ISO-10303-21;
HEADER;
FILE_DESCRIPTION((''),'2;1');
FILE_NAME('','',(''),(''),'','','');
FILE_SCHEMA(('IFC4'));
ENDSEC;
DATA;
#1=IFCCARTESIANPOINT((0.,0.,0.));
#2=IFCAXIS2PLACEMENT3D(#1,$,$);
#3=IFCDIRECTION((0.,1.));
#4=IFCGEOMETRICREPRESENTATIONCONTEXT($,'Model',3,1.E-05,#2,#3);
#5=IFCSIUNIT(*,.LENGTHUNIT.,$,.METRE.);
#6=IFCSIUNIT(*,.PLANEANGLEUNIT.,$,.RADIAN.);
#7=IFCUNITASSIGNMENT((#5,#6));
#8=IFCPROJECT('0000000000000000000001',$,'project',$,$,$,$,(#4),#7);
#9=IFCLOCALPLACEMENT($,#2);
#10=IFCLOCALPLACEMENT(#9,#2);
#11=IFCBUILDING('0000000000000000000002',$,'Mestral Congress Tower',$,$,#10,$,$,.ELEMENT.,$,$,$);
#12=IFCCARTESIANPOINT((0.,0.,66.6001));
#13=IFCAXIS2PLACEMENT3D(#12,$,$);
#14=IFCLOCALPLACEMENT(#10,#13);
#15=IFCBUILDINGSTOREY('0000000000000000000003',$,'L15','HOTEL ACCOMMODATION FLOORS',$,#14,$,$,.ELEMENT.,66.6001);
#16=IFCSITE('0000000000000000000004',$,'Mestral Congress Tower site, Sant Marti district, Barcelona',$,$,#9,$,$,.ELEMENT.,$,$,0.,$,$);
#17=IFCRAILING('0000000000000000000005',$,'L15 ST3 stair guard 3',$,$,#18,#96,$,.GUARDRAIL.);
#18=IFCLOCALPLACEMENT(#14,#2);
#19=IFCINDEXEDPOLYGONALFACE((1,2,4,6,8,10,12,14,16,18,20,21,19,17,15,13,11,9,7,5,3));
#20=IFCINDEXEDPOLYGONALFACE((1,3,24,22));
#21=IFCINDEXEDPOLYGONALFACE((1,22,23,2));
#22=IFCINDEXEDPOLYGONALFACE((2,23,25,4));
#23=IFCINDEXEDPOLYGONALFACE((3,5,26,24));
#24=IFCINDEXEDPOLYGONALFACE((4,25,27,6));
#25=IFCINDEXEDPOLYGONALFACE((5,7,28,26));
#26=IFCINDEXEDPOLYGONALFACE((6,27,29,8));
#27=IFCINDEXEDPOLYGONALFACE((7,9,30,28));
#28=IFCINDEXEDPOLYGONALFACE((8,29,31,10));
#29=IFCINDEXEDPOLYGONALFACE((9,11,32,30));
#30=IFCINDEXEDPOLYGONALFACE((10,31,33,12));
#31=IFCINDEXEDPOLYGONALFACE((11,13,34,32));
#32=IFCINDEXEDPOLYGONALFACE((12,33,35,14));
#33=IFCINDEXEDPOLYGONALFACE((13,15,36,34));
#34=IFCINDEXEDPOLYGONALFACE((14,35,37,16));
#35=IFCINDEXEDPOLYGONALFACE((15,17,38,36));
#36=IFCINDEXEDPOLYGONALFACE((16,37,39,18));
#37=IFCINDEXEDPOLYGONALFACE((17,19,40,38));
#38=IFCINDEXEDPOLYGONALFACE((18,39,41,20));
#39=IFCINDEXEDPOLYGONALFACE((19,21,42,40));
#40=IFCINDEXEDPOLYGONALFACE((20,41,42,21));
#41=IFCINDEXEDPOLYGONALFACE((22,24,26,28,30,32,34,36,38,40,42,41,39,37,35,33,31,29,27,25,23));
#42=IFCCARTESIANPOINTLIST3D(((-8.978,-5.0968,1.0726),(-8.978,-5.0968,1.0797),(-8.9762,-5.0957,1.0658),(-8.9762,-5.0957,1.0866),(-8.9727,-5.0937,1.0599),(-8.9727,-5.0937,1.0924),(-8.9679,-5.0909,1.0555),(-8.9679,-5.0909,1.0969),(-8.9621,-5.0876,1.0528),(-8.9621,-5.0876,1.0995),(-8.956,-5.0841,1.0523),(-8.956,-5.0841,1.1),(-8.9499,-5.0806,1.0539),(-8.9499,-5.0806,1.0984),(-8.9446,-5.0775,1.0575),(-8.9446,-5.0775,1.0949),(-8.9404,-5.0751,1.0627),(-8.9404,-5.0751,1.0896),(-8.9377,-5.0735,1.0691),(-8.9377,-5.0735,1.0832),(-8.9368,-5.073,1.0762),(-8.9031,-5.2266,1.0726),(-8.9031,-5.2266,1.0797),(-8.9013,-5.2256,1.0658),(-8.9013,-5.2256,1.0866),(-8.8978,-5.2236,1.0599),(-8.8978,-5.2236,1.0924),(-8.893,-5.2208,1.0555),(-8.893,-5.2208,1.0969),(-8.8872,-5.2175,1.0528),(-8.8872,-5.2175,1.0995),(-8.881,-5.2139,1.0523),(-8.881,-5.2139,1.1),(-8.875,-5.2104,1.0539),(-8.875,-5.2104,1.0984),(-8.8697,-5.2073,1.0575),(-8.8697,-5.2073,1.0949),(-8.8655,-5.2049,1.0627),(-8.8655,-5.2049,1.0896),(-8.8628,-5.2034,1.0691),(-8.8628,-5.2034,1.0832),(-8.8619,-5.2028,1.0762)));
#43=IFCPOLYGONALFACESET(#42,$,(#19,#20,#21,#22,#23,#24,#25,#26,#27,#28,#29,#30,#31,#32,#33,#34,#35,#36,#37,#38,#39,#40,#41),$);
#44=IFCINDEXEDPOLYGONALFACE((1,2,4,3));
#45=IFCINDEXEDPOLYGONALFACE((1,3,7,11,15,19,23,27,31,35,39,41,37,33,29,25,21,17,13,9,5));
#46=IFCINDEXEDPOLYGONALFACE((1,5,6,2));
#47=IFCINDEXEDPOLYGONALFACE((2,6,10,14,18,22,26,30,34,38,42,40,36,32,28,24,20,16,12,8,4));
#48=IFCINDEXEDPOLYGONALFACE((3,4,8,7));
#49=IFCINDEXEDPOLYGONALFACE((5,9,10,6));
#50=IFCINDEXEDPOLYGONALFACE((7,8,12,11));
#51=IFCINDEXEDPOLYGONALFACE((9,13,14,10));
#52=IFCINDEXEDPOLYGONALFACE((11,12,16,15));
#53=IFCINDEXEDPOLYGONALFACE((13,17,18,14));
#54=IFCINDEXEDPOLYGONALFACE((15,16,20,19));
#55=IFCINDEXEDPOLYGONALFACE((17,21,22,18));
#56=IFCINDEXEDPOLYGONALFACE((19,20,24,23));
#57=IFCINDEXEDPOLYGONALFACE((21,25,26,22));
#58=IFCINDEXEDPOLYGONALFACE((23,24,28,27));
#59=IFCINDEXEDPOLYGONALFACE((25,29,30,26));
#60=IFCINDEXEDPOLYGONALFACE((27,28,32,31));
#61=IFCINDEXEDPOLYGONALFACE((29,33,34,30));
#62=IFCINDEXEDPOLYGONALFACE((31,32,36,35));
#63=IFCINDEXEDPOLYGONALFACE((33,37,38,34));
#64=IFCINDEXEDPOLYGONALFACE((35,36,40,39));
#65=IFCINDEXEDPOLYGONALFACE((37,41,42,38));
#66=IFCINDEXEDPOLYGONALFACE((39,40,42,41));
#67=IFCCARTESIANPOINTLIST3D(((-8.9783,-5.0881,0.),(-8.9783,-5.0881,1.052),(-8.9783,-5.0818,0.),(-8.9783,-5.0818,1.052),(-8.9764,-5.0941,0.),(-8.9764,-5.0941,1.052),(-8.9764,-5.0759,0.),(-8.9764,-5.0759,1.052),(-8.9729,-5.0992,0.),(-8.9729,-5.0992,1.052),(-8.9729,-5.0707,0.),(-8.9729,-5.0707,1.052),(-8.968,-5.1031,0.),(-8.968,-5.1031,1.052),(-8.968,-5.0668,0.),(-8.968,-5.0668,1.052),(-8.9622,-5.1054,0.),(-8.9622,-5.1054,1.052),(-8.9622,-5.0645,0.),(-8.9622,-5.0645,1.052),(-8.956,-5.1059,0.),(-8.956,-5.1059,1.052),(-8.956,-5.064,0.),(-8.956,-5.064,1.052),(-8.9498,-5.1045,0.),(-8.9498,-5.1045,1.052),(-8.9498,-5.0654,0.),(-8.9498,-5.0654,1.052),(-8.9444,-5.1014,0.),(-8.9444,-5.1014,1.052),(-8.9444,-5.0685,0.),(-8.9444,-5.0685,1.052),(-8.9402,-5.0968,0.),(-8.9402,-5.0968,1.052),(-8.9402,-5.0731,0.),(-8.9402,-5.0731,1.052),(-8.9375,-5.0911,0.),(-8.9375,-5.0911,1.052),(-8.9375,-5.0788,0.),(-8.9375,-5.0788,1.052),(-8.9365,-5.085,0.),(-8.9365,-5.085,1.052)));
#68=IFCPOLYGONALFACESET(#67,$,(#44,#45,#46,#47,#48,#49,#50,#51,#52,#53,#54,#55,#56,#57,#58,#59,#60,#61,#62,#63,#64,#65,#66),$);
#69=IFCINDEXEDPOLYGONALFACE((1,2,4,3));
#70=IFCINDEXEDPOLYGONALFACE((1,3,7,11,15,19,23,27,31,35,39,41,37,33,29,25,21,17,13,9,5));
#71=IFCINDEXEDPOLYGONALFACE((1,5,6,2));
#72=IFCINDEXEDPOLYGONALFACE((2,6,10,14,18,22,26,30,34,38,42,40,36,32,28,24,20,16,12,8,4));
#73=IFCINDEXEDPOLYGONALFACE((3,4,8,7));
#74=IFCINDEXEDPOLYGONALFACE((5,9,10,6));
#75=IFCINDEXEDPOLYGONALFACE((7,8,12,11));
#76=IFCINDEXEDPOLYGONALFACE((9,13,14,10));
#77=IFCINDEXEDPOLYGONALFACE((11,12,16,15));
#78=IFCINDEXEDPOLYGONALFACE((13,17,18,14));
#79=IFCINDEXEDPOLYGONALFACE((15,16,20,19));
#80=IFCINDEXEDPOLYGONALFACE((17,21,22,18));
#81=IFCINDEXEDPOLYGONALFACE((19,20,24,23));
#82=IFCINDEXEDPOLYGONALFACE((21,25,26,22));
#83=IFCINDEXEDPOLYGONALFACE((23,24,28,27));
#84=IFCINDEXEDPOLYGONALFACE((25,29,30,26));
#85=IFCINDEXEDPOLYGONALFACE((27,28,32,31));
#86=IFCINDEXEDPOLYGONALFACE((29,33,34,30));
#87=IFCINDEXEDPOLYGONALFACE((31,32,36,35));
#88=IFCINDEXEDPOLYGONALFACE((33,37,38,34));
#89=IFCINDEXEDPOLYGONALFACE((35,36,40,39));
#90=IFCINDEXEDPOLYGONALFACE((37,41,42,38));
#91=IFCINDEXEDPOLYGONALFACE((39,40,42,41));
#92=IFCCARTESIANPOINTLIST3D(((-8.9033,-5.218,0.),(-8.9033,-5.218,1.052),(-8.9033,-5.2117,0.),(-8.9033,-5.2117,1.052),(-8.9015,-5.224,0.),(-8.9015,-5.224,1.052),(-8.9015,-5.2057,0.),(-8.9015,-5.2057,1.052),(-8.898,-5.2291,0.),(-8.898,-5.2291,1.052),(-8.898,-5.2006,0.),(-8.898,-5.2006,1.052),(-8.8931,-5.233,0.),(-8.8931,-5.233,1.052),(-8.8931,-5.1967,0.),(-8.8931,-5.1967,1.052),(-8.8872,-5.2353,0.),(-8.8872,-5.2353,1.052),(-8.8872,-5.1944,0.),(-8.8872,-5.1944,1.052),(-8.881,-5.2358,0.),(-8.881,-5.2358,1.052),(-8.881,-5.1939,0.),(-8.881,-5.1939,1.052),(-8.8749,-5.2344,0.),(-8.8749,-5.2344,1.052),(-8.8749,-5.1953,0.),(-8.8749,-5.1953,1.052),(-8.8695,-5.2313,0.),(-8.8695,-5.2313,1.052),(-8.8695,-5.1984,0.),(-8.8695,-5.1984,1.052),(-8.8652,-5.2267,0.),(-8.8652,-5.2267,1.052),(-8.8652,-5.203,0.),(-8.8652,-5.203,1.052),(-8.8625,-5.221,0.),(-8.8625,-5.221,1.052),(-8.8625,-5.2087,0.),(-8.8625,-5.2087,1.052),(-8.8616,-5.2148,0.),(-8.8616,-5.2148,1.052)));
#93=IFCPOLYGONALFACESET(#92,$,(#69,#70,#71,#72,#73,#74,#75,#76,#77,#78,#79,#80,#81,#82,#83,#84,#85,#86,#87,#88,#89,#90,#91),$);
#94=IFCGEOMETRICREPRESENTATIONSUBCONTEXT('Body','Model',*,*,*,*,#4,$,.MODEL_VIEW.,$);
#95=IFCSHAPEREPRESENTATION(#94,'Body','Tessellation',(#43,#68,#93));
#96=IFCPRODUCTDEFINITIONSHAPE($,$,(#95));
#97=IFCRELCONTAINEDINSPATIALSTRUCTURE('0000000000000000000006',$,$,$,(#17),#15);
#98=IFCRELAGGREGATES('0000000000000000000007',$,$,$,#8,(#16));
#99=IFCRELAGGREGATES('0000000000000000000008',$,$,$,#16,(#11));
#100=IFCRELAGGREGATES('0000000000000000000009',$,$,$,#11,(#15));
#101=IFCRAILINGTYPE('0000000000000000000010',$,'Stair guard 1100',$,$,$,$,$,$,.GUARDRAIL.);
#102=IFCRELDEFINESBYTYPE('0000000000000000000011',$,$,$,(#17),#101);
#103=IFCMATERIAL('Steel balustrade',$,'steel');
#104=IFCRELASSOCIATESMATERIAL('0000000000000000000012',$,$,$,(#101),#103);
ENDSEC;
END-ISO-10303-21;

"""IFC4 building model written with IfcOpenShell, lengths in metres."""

from ifc_helpers import new_model, si_unit, direction, frame, origin, origin_2d, place, context, subcontext, project, spatial, circle, extrude, material, type_object, element, save


model = new_model("IFC4")

# Units and contexts
model_context = context("Model", 3, precision=1e-05, world=origin(), true_north=direction((0.0, 1.0)))
body_context = subcontext(model_context, "Body", "Model", "MODEL_VIEW")
ifc_project = project(units=[si_unit("LENGTHUNIT", "METRE"), si_unit("PLANEANGLEUNIT", "RADIAN")], contexts=[model_context])

# Site, building, storey
site_placement = place(None, origin())
site = spatial("IfcSite", under=ifc_project, at=site_placement, Name="Mestral Congress Tower site, Sant Marti district, Barcelona", CompositionType="ELEMENT", RefElevation=0.0)
building_placement = place(site_placement, origin())
building = spatial("IfcBuilding", under=site, at=building_placement, Name="Mestral Congress Tower", CompositionType="ELEMENT")
storey_placement = place(building_placement, frame((0.0, 0.0, 66.6001)))
storey = spatial("IfcBuildingStorey", under=building, at=storey_placement, Name="L15", Description="HOTEL ACCOMMODATION FLOORS", CompositionType="ELEMENT", Elevation=66.6001)

# Railing
ifc_material_1 = material(Name="Steel balustrade", Category="steel")
railing_type_1 = type_object("IfcRailingType", Name="Stair guard 1100", PredefinedType="GUARDRAIL", material=ifc_material_1)
railing_1_placement = place(storey_placement, frame((-8.9575, -5.085, 0.0)))
element("IfcRailing", 1, at=railing_1_placement, inside=storey, type_object=railing_type_1, Name="L15 ST3 stair guard 3", PredefinedType="GUARDRAIL", context=body_context, shape_type="SweptSolid", body=[
    extrude(circle(Radius=0.0239, at=origin_2d()), frame((0.0, 0.0, 1.0762), z_axis=(0.499816, -0.866131, 0.0), x_axis=(0.866131, 0.499816, 0.0)), (0.0, 0.0, 1.0), 0.1499),
    extrude(circle(Radius=0.021, at=origin_2d()), origin(), (0.0, 0.0, 1.0), 1.052),
    extrude(circle(Radius=0.021, at=origin_2d()), frame((0.075, -0.1299, 0.0)), (0.0, 0.0, 1.0), 1.052),
])

save(model, "model.ifc")
